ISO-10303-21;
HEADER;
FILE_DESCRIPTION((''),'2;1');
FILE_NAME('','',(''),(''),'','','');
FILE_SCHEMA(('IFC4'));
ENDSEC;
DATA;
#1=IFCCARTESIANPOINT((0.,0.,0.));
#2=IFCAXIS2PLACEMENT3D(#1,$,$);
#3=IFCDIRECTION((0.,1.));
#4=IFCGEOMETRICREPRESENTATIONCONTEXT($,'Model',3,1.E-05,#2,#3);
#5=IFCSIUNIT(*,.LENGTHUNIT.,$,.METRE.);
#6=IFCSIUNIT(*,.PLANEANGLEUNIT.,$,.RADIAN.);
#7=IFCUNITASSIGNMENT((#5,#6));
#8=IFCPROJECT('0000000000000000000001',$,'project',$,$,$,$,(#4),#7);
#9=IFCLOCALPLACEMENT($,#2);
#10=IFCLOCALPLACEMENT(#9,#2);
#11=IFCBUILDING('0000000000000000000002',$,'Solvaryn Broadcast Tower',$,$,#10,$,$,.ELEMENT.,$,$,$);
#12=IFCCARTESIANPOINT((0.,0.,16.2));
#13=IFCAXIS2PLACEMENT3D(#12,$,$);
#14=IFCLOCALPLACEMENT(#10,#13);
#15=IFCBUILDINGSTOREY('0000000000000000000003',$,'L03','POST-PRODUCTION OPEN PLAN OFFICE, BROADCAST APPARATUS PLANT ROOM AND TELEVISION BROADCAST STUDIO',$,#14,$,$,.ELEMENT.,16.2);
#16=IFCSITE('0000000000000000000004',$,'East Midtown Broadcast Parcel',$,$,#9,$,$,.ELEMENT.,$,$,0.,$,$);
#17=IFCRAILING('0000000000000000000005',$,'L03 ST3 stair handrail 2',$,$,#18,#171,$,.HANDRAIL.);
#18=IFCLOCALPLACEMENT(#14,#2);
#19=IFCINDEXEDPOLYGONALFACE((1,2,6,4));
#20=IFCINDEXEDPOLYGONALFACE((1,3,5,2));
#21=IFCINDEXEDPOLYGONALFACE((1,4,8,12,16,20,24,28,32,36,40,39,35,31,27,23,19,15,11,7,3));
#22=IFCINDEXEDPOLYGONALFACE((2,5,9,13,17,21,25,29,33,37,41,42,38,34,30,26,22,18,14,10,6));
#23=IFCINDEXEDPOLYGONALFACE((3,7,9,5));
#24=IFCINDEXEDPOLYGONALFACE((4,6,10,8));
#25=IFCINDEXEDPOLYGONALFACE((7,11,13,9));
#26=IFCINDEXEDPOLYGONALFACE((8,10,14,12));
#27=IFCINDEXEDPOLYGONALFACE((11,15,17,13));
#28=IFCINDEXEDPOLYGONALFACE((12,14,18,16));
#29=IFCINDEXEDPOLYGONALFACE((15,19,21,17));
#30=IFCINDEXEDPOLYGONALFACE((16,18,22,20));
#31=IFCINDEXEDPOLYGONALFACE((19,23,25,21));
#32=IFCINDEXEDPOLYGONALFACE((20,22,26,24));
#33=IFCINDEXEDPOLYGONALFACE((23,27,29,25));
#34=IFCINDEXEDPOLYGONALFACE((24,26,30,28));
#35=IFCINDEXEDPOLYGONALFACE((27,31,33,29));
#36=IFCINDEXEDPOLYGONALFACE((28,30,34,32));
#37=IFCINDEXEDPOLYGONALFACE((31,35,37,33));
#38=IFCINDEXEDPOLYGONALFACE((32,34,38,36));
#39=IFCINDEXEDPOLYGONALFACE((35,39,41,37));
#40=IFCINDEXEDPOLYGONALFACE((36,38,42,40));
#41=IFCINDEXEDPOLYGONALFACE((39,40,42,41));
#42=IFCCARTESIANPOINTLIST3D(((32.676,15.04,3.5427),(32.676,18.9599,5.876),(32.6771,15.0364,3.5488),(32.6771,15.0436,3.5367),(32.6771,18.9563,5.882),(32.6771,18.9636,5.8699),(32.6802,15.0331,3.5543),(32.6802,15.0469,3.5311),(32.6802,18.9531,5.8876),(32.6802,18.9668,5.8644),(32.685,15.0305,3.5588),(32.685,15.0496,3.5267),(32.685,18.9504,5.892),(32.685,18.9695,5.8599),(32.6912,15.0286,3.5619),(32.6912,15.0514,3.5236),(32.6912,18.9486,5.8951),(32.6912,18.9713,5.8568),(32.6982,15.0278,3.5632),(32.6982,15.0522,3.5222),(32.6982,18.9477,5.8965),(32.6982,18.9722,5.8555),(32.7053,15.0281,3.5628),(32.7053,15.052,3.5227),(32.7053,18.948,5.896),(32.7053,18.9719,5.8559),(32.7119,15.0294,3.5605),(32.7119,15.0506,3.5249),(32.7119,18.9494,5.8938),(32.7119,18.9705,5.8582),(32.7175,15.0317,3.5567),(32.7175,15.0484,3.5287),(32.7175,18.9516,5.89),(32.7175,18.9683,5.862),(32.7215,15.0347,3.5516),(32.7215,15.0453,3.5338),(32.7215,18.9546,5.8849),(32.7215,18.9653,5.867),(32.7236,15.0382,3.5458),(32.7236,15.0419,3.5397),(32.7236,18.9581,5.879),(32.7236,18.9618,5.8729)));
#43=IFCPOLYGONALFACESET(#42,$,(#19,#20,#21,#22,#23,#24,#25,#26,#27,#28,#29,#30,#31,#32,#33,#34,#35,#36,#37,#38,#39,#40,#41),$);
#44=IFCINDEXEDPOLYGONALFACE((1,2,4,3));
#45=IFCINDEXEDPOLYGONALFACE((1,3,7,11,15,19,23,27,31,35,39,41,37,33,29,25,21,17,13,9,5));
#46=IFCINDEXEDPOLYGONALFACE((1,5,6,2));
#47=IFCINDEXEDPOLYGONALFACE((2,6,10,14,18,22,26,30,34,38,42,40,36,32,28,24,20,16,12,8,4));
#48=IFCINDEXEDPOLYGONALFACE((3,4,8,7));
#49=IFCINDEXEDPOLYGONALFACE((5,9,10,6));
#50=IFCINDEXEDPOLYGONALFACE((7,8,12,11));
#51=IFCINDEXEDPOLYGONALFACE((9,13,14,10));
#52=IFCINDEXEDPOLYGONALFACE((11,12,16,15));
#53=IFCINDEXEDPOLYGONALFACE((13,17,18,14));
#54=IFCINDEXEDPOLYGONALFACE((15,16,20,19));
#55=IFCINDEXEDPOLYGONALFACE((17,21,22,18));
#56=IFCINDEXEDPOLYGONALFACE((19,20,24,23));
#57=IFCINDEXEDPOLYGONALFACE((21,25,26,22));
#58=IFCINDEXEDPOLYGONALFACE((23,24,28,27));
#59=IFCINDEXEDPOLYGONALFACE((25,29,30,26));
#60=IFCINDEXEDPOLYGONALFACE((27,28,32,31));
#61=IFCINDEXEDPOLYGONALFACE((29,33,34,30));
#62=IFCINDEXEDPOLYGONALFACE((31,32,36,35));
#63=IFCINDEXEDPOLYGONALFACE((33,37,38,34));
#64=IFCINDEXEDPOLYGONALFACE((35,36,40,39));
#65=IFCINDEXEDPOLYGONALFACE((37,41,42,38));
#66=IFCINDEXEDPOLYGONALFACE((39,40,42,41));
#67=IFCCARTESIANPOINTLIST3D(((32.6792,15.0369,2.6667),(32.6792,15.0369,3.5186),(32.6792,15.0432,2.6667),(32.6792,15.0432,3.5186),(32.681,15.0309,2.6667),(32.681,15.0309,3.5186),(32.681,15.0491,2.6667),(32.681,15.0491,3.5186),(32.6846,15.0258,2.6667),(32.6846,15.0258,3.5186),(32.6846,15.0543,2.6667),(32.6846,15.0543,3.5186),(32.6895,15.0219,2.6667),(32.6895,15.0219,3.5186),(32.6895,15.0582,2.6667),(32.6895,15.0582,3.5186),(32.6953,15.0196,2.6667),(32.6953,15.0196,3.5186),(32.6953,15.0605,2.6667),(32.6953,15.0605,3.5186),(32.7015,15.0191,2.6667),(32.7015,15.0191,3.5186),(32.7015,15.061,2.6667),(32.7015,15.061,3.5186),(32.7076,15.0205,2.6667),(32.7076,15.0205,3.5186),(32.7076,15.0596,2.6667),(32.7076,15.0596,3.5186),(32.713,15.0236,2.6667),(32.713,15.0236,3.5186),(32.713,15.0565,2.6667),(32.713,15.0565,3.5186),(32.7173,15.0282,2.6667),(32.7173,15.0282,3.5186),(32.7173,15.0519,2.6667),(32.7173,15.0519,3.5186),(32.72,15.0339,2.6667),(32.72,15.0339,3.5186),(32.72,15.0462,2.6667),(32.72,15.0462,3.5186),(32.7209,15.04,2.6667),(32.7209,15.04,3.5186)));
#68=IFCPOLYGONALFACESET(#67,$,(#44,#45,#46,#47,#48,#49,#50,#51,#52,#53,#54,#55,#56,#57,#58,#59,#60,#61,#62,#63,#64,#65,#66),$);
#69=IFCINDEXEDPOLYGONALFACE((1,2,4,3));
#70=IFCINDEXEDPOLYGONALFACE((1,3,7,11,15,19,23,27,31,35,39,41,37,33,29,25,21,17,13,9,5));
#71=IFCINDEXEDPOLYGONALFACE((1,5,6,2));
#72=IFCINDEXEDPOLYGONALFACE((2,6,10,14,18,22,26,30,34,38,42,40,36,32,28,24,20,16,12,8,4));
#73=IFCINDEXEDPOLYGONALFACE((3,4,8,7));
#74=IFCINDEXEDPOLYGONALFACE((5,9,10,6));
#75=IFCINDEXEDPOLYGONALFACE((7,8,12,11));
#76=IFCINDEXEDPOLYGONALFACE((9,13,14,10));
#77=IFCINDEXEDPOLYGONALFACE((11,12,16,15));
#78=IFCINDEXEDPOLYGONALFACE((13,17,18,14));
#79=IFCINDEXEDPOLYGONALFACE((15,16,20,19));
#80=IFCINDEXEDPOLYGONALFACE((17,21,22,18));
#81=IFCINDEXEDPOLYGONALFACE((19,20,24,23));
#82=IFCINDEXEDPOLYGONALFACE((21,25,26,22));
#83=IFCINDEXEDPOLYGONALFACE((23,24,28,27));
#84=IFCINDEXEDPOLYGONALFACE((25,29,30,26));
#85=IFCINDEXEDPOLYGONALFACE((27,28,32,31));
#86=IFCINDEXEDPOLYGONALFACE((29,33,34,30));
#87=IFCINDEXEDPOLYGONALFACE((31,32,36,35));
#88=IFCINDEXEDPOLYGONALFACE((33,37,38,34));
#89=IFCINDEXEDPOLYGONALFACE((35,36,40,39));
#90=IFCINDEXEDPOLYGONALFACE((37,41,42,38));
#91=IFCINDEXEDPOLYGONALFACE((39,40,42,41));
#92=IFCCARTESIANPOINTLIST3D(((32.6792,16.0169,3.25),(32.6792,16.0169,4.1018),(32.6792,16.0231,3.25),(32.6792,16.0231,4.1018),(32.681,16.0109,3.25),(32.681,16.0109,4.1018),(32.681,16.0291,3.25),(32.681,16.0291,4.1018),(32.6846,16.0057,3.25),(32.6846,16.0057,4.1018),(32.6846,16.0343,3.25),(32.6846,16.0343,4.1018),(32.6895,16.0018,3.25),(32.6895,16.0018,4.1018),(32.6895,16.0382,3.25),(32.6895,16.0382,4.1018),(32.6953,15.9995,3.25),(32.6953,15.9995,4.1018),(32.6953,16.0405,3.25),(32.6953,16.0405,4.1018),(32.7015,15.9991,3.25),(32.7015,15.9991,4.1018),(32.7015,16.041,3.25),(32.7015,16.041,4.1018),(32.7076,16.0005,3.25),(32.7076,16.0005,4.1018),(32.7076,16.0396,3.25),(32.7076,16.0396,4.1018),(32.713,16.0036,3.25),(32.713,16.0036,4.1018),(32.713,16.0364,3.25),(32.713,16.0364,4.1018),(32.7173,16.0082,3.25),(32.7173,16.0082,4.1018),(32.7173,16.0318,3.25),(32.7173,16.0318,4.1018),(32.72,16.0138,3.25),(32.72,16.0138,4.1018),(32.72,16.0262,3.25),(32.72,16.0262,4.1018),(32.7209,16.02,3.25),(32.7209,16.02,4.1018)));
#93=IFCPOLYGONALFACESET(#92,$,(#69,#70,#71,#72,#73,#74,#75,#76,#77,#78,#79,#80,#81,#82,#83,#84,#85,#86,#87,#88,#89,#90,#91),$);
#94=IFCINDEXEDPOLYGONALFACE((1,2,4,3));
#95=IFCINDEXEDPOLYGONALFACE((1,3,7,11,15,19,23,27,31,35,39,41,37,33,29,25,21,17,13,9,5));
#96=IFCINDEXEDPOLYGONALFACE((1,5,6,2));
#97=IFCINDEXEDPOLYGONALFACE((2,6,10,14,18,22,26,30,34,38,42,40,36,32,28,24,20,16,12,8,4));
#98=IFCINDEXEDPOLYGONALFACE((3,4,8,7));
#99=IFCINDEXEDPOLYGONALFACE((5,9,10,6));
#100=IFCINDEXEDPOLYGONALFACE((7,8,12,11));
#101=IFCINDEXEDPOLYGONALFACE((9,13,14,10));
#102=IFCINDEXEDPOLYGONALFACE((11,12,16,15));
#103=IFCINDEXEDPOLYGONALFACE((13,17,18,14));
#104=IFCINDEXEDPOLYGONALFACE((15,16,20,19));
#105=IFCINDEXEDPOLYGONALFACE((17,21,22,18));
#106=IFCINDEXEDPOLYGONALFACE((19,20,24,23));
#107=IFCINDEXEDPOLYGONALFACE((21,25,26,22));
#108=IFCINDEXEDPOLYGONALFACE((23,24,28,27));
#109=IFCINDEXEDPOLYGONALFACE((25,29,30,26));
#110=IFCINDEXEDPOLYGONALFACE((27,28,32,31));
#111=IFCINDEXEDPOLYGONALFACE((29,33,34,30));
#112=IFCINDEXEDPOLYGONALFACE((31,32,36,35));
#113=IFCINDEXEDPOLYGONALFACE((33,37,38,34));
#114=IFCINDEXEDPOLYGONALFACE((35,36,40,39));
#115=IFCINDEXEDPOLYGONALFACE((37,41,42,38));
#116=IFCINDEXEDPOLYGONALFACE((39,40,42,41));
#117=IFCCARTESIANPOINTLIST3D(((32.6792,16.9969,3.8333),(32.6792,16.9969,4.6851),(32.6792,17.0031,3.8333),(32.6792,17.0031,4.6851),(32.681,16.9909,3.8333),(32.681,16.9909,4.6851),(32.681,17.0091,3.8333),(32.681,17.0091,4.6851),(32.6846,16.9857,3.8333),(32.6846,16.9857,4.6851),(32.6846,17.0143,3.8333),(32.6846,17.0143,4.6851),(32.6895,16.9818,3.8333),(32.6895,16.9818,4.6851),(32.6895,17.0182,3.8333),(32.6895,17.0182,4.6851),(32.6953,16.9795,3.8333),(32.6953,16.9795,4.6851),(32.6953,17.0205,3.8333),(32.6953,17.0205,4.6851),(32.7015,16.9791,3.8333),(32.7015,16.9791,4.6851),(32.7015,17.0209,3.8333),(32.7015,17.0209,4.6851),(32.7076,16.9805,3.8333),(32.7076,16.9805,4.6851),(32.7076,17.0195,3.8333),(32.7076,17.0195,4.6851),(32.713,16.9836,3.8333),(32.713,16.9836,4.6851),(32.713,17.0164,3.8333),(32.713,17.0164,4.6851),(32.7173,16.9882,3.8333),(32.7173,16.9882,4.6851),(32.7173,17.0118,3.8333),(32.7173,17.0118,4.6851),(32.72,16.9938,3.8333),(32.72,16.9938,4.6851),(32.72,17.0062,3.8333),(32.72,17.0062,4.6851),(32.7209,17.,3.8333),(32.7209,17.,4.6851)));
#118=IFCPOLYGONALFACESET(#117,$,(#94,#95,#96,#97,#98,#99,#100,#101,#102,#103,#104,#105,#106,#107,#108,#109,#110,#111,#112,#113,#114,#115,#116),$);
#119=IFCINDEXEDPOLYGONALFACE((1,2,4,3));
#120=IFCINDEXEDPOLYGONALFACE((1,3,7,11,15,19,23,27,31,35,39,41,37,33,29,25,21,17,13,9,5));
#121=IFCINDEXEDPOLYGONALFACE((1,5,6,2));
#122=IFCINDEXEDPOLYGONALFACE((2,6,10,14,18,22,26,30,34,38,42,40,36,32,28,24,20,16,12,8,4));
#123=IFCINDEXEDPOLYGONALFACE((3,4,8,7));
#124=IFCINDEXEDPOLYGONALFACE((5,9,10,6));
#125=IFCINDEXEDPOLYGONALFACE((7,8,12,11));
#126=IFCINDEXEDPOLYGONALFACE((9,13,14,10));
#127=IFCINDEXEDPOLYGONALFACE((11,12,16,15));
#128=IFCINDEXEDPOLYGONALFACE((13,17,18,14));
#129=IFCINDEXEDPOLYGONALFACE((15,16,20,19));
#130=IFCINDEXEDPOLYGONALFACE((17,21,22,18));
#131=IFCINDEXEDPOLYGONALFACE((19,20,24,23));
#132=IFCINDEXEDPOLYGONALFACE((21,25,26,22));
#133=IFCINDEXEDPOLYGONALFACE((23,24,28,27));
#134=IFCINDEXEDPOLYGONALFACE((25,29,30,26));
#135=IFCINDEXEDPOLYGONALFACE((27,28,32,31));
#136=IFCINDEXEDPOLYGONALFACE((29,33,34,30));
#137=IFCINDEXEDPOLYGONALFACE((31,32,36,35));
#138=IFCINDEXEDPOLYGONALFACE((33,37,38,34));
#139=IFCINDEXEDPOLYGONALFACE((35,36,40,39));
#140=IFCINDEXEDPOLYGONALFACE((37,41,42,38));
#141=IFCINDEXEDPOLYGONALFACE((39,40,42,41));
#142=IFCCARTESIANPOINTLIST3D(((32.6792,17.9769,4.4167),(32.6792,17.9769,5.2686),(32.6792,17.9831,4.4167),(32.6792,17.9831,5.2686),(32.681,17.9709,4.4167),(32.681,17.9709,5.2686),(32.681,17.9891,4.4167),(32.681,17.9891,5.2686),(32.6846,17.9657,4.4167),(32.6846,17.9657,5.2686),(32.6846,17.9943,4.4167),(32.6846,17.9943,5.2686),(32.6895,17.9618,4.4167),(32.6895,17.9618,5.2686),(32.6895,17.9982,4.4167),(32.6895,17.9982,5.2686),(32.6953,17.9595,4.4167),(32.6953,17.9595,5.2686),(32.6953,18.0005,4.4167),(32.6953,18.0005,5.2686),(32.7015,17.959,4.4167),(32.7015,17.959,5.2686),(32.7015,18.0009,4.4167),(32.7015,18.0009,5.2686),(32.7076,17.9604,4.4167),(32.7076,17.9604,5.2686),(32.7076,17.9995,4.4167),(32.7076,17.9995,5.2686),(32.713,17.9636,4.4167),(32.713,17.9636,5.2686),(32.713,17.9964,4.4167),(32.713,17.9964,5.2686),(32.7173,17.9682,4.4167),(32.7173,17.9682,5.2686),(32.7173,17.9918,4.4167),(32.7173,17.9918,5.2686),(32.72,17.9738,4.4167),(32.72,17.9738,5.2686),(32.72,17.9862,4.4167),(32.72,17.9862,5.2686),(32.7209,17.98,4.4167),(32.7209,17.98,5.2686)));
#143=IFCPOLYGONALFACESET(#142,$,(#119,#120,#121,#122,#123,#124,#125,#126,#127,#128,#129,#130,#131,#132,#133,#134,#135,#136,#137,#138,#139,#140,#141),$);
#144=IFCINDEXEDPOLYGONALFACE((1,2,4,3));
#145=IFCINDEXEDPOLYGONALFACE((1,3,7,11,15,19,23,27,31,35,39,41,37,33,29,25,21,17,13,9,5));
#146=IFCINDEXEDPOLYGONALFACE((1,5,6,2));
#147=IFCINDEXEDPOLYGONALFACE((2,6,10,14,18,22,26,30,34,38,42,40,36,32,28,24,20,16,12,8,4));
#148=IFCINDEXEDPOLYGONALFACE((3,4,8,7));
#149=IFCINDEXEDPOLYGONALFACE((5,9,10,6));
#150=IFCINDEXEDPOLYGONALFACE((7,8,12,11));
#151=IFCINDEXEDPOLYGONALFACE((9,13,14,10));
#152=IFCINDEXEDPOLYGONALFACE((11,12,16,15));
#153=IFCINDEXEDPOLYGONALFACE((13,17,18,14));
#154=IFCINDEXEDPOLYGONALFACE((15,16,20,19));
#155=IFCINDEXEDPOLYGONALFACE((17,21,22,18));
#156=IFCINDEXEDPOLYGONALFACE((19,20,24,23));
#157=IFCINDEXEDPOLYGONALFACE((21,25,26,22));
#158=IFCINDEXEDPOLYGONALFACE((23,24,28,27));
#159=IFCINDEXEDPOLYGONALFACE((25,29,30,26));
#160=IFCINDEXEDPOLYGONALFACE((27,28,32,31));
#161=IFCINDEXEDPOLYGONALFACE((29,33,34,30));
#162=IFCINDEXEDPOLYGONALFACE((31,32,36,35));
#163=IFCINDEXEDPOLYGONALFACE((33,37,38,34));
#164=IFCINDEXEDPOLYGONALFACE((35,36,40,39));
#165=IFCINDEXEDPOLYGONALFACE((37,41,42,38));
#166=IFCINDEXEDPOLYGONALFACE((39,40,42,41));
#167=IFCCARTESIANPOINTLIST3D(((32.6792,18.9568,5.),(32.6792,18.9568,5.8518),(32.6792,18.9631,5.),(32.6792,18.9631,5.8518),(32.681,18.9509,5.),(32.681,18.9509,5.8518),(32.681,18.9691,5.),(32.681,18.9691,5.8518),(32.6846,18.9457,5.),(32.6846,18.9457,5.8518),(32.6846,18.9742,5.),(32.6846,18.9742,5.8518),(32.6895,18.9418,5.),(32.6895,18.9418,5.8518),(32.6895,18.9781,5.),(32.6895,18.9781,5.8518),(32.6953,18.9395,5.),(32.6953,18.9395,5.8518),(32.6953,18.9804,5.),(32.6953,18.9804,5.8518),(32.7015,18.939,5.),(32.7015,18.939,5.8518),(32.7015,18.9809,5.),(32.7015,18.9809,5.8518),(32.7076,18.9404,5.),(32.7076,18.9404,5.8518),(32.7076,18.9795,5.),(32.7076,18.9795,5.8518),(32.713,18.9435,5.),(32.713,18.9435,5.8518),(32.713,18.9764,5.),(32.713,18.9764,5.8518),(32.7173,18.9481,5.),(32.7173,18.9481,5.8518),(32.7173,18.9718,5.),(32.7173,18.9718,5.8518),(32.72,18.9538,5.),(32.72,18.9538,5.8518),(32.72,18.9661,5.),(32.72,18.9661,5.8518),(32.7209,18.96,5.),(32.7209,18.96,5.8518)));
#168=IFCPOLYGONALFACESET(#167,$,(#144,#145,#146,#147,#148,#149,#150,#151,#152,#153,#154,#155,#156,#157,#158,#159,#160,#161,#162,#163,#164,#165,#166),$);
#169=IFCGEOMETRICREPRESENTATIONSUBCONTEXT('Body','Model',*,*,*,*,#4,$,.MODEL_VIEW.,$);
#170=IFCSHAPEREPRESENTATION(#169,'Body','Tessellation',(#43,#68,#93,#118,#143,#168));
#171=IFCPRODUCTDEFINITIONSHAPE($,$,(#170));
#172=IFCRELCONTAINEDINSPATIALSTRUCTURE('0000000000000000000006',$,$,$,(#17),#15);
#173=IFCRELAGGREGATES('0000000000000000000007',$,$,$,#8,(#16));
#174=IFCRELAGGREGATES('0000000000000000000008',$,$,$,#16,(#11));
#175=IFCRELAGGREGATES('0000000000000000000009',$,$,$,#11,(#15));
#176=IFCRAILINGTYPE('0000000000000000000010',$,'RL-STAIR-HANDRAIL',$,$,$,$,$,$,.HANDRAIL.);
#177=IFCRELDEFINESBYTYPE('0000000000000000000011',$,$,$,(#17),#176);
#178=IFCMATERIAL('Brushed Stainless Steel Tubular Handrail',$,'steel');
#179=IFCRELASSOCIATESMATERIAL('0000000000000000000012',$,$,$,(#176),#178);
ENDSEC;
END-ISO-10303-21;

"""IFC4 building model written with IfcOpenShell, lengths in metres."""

from ifc_helpers import new_model, si_unit, direction, frame, origin, origin_2d, place, context, subcontext, project, spatial, circle, extrude, material, type_object, element, save


model = new_model("IFC4")

# Units and contexts
model_context = context("Model", 3, precision=1e-05, world=origin(), true_north=direction((0.0, 1.0)))
body_context = subcontext(model_context, "Body", "Model", "MODEL_VIEW")
ifc_project = project(units=[si_unit("LENGTHUNIT", "METRE"), si_unit("PLANEANGLEUNIT", "RADIAN")], contexts=[model_context])

# Site, building, storey
site_placement = place(None, origin())
site = spatial("IfcSite", under=ifc_project, at=site_placement, Name="East Midtown Broadcast Parcel", CompositionType="ELEMENT", RefElevation=0.0)
building_placement = place(site_placement, origin())
building = spatial("IfcBuilding", under=site, at=building_placement, Name="Solvaryn Broadcast Tower", CompositionType="ELEMENT")
storey_placement = place(building_placement, frame((0.0, 0.0, 16.2)))
storey = spatial("IfcBuildingStorey", under=building, at=storey_placement, Name="L03", Description="POST-PRODUCTION OPEN PLAN OFFICE, BROADCAST APPARATUS PLANT ROOM AND TELEVISION BROADCAST STUDIO", CompositionType="ELEMENT", Elevation=16.2)

# Railing
ifc_material_1 = material(Name="Brushed Stainless Steel Tubular Handrail", Category="steel")
railing_type_1 = type_object("IfcRailingType", Name="RL-STAIR-HANDRAIL", PredefinedType="HANDRAIL", material=ifc_material_1)
railing_1_placement = place(storey_placement, frame((32.7, 15.04, 2.6667)))
element("IfcRailing", 1, at=railing_1_placement, inside=storey, type_object=railing_type_1, Name="L03 ST3 stair handrail 2", PredefinedType="HANDRAIL", context=body_context, shape_type="SweptSolid", body=[
    extrude(circle(Radius=0.0239, at=origin_2d()), frame((0.0, 0.0, 0.876), z_axis=(0.0, 0.859296, 0.511478), x_axis=(-1.0, 0.0, 0.0)), (0.0, 0.0, 1.0), 4.5618),
    extrude(circle(Radius=0.021, at=origin_2d()), origin(), (0.0, 0.0, 1.0), 0.8518),
    extrude(circle(Radius=0.021, at=origin_2d()), frame((0.0, 0.98, 0.5833)), (0.0, 0.0, 1.0), 0.8518),
    extrude(circle(Radius=0.021, at=origin_2d()), frame((0.0, 1.96, 1.1665)), (0.0, 0.0, 1.0), 0.8518),
    extrude(circle(Radius=0.021, at=origin_2d()), frame((0.0, 2.9399, 1.75)), (0.0, 0.0, 1.0), 0.8518),
    extrude(circle(Radius=0.021, at=origin_2d()), frame((0.0, 3.9199, 2.3333)), (0.0, 0.0, 1.0), 0.8518),
])

save(model, "model.ifc")
